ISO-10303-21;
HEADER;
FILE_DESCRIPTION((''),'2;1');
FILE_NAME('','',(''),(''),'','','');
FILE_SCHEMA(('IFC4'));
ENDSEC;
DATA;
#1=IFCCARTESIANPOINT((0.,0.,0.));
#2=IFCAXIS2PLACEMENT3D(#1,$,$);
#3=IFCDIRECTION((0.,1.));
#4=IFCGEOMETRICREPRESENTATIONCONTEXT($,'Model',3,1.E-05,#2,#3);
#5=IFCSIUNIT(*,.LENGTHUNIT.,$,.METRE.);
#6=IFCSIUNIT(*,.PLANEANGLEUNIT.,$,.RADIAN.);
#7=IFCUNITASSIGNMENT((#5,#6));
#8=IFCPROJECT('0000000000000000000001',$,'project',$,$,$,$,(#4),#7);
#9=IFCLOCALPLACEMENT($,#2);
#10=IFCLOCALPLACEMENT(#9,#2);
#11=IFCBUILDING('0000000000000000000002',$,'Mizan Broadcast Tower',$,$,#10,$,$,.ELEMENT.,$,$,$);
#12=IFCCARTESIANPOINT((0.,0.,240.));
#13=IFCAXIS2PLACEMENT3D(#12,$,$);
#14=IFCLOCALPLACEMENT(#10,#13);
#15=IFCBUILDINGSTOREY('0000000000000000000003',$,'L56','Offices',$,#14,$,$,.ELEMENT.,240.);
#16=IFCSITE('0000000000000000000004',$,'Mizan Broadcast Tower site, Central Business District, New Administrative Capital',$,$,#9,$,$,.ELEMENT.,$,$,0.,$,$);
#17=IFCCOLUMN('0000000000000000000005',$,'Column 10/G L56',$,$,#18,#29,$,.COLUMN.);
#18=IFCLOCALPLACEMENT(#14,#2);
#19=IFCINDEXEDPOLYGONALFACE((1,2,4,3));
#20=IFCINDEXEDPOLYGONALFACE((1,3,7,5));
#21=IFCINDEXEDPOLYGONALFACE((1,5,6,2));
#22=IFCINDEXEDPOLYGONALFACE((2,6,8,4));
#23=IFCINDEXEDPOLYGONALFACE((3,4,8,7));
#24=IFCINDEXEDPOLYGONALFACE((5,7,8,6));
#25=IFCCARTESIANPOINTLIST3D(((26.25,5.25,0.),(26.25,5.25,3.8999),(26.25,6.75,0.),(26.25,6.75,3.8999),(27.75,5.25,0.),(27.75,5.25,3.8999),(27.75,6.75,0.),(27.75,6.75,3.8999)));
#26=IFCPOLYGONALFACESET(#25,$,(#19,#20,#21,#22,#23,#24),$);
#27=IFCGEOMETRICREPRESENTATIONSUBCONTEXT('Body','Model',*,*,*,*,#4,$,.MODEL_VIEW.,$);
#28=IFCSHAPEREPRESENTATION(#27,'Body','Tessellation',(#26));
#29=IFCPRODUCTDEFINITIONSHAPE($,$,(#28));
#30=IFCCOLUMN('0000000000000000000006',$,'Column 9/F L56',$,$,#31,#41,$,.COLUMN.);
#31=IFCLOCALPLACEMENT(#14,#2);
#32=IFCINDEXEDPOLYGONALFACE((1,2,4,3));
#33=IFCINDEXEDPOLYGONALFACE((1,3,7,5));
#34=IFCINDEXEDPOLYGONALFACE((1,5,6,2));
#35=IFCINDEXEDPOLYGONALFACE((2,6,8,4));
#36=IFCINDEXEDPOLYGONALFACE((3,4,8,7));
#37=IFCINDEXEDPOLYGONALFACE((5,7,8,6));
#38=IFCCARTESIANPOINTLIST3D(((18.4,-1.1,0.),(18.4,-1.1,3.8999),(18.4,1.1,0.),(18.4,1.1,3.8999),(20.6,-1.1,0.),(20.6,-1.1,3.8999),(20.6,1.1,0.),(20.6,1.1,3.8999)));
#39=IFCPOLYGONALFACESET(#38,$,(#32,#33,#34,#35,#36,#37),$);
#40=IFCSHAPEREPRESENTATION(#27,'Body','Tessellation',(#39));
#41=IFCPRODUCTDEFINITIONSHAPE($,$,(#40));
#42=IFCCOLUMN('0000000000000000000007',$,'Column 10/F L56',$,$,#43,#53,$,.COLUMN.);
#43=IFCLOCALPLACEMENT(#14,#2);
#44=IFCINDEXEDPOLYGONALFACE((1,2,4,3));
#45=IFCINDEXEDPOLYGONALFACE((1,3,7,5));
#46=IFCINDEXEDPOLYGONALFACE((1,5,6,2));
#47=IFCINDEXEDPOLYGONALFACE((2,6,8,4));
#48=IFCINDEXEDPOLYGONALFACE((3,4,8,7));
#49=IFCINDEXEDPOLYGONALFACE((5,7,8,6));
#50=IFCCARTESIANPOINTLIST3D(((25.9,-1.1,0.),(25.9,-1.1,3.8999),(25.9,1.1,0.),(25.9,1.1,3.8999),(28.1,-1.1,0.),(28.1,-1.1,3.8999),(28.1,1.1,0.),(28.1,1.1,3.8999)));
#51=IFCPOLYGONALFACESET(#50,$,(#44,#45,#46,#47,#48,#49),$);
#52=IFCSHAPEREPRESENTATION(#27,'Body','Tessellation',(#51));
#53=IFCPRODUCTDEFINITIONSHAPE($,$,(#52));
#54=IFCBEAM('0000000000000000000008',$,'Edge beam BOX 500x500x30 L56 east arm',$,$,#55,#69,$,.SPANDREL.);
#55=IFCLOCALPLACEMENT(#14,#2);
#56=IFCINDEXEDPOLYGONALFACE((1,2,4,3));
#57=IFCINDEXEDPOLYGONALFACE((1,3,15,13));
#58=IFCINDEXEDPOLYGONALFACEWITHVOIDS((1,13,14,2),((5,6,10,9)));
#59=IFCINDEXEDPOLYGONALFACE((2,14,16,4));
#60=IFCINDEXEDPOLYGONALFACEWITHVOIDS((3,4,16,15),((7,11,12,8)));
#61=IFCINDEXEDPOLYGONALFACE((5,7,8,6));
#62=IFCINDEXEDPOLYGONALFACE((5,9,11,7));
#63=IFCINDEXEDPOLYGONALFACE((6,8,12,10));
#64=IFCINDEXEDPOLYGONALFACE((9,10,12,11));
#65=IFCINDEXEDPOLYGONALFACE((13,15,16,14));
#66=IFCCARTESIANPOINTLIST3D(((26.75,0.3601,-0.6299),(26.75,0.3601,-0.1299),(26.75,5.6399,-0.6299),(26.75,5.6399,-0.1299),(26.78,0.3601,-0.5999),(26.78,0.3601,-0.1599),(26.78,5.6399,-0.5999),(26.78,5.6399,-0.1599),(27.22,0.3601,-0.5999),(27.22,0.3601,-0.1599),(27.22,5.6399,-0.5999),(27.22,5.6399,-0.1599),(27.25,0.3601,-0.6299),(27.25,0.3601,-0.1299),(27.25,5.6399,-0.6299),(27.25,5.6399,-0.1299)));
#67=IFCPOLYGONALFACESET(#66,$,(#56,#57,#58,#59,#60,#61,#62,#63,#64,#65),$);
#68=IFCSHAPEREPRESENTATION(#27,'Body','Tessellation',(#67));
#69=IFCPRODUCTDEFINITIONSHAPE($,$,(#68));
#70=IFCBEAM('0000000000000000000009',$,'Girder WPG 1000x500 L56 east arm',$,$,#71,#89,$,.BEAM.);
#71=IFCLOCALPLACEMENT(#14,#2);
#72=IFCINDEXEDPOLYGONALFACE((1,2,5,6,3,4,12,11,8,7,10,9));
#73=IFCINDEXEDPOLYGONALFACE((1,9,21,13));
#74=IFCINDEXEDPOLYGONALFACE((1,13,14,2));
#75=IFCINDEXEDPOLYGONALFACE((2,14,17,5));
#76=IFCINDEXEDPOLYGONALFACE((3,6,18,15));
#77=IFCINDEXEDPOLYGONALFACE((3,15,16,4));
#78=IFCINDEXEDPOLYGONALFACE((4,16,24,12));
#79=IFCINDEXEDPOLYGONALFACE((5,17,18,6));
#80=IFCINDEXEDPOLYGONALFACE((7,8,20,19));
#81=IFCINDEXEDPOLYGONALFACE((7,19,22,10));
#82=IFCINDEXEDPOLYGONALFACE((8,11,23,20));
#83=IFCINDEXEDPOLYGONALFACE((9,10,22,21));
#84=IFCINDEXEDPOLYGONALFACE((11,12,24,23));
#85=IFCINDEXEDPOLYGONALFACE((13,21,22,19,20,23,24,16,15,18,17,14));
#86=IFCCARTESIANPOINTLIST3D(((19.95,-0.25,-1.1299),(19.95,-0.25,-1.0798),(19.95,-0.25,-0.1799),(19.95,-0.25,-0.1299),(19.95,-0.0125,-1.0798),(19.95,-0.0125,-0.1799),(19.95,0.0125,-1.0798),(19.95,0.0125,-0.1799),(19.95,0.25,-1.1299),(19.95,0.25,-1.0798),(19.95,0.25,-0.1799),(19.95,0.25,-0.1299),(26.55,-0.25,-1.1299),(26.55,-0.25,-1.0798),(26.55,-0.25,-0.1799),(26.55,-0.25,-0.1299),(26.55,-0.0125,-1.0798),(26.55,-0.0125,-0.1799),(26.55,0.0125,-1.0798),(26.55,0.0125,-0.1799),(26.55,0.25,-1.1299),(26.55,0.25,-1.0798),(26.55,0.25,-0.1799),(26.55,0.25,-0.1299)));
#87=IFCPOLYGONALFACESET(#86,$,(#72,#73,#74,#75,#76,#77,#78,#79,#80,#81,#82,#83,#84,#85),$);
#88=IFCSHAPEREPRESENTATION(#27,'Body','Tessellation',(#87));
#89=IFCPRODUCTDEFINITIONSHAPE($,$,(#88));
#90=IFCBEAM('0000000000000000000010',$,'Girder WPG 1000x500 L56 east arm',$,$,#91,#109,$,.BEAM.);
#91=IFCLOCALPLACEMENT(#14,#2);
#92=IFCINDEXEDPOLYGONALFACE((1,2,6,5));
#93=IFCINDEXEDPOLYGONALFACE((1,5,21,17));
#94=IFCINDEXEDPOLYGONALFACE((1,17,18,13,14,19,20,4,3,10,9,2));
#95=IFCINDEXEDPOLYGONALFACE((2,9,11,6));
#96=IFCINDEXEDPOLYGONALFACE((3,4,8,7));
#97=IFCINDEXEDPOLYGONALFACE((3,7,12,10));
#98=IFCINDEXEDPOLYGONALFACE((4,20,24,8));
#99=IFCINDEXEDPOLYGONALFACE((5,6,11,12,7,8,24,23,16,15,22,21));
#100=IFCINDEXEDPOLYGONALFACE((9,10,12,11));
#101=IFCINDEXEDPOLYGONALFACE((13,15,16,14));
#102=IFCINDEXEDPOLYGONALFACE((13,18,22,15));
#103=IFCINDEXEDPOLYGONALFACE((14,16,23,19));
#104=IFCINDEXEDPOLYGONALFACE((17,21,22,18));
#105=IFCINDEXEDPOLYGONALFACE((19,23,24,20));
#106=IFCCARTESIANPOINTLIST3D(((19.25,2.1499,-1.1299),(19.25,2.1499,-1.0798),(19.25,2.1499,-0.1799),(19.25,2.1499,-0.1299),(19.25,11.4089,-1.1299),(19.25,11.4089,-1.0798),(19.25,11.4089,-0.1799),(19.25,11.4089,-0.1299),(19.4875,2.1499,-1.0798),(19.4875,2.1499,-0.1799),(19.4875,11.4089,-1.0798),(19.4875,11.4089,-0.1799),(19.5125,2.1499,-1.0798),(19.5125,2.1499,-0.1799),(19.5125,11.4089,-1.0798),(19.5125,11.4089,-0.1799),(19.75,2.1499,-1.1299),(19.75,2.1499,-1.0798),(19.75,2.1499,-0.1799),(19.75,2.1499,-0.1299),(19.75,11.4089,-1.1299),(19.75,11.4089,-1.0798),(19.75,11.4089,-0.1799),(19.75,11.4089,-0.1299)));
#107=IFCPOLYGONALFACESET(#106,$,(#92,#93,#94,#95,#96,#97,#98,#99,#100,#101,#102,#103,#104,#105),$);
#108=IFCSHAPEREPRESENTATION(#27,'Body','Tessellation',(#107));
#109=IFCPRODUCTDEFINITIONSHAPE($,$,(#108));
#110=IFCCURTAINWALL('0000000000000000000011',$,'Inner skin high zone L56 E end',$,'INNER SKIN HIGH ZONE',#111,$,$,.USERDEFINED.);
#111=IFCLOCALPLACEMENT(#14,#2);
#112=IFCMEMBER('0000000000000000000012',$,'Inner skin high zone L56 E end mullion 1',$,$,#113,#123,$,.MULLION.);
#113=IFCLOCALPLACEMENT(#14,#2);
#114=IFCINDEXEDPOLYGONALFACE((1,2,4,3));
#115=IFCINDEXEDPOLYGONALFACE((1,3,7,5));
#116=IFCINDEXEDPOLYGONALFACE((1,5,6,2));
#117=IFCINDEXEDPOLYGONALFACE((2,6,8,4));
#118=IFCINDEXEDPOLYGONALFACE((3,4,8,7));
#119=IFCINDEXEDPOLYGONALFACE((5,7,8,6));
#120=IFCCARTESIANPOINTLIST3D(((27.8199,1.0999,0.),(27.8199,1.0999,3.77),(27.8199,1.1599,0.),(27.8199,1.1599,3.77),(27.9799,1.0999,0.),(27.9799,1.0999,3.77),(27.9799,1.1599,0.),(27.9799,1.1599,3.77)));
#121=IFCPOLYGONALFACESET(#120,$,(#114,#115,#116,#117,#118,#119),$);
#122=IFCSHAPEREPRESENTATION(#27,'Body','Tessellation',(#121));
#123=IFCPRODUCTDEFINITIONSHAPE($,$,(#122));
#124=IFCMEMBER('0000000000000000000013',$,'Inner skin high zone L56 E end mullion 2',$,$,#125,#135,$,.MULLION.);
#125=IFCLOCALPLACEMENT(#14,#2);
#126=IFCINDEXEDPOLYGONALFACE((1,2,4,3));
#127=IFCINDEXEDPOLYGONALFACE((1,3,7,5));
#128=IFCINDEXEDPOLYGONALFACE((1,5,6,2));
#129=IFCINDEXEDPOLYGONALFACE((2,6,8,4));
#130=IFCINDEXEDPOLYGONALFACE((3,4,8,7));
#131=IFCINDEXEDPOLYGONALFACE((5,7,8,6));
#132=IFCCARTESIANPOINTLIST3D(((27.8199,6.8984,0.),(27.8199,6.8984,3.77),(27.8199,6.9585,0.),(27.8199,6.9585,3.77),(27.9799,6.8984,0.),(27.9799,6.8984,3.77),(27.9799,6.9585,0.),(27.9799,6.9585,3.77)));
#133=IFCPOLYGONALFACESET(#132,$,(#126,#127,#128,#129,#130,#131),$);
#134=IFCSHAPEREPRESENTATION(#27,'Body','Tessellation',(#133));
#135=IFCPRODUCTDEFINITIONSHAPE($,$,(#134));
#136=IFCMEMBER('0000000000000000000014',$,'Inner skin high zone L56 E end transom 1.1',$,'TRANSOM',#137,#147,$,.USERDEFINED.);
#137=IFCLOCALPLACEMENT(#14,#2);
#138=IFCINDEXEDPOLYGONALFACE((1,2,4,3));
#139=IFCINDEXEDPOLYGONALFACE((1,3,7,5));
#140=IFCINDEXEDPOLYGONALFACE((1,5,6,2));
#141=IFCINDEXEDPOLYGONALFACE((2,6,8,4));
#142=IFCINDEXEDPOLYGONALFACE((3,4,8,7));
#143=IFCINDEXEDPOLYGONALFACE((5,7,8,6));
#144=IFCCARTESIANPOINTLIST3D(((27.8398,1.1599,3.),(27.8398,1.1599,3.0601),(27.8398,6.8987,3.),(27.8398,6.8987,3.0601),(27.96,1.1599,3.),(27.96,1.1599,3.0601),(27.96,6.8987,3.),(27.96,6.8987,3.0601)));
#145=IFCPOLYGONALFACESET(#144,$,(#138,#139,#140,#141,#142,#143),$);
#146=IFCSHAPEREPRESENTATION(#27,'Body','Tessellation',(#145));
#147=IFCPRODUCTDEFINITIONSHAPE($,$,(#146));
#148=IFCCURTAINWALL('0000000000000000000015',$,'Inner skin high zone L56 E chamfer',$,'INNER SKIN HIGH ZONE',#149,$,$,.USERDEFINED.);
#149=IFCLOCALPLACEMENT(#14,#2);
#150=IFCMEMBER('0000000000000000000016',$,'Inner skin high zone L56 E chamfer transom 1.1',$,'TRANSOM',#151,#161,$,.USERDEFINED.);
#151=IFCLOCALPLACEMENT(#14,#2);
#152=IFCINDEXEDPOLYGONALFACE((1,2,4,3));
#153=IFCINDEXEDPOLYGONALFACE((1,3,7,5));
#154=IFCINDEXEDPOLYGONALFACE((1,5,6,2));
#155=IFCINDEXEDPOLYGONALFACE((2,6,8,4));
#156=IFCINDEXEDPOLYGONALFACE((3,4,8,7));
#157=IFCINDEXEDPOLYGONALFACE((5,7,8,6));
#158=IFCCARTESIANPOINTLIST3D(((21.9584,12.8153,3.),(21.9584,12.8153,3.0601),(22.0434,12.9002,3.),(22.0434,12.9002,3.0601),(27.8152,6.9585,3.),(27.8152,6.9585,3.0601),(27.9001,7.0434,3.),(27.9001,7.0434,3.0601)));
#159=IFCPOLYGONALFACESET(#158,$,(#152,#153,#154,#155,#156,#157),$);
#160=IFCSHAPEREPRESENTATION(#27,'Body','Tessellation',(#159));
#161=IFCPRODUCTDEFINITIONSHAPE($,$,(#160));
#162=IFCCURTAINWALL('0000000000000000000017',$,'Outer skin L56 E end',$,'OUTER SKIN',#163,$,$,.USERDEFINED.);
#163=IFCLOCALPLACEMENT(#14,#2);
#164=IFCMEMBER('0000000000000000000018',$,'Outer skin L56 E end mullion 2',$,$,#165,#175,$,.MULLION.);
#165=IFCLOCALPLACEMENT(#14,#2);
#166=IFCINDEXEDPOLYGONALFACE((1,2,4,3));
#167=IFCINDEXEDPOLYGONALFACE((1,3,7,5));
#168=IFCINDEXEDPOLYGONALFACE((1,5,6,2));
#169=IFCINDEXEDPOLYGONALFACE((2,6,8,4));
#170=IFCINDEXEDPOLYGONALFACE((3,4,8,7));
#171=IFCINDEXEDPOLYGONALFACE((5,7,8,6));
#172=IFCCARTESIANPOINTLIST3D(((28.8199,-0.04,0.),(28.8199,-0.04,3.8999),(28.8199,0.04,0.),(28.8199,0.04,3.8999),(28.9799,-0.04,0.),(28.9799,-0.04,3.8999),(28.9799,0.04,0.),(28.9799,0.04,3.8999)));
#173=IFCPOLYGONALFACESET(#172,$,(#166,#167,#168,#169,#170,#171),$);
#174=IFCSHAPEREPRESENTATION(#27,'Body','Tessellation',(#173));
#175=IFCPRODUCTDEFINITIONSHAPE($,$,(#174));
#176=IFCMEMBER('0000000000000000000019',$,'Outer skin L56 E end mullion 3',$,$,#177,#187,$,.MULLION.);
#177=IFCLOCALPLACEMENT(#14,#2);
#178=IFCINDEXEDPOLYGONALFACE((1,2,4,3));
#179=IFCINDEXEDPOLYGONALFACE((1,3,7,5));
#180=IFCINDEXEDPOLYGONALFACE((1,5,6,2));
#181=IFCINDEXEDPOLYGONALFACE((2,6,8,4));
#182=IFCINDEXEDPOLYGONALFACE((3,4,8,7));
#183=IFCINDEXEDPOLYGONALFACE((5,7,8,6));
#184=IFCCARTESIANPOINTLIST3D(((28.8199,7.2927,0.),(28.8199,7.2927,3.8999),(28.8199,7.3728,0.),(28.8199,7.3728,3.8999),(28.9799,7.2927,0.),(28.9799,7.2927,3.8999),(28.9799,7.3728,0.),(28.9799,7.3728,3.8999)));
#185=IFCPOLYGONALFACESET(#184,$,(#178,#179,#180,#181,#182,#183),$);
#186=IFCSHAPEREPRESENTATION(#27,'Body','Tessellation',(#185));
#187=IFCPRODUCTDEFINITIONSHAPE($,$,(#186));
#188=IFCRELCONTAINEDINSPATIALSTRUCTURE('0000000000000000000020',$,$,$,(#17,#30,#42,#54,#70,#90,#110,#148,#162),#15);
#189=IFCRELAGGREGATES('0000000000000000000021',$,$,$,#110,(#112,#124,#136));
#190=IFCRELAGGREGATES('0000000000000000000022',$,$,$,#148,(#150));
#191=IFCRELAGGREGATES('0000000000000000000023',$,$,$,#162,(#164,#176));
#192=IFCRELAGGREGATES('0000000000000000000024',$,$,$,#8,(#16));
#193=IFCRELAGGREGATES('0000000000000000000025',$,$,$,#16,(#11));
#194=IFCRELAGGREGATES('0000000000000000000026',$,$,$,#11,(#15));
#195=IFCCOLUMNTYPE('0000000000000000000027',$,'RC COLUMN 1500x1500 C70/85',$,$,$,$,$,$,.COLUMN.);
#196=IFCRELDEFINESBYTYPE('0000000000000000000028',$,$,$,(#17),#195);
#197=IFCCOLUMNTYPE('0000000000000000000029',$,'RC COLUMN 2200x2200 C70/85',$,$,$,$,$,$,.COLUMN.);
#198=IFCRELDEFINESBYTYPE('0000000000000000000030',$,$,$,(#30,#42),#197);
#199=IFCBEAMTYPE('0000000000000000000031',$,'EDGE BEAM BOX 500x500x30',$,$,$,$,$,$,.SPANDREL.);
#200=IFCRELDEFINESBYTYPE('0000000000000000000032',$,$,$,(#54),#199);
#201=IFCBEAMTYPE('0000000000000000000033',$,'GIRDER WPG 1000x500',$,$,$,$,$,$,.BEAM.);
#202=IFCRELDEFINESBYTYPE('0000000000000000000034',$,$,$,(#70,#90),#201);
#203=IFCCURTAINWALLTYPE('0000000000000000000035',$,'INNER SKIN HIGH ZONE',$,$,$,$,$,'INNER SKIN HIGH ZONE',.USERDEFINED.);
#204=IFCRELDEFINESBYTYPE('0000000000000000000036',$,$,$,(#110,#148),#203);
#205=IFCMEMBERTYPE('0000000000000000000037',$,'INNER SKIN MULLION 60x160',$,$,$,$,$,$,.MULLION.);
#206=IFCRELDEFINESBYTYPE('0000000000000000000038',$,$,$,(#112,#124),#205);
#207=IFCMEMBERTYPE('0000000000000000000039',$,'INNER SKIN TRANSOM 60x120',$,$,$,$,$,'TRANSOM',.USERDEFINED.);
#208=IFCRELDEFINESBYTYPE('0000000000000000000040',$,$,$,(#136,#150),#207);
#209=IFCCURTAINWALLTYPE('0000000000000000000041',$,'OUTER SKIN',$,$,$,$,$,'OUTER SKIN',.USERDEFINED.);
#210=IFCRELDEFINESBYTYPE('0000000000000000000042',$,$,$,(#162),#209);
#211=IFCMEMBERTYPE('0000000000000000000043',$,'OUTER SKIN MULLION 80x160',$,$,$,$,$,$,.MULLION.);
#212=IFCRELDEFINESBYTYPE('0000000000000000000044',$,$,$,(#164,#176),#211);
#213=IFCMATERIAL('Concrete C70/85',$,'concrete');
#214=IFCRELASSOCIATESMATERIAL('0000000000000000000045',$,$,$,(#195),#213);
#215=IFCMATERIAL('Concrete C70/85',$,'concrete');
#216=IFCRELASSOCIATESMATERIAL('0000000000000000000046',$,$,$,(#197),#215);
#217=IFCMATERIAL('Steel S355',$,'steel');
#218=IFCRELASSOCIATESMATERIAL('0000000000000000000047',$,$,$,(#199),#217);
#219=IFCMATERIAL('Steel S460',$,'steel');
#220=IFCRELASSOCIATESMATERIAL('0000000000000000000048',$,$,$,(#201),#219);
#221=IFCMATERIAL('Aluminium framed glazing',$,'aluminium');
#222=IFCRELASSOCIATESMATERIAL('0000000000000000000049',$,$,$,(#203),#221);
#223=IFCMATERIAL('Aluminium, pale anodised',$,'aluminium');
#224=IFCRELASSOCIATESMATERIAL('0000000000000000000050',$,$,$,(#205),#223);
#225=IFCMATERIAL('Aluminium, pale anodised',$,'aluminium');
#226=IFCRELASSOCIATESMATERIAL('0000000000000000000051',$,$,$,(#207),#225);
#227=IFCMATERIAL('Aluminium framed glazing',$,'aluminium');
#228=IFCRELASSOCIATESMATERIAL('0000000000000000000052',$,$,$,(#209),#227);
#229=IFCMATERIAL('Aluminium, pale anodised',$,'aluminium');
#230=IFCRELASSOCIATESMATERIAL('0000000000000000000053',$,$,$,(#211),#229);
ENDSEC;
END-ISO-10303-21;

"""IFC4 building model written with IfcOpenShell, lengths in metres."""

from ifc_helpers import new_model, si_unit, direction, frame, origin, origin_2d, place, context, subcontext, project, spatial, rectangle, hollow_rectangle, i_section, extrude, material, material_profile, profile_set, type_object, element, aggregate, save


model = new_model("IFC4")

# Units and contexts
model_context = context("Model", 3, precision=1e-05, world=origin(), true_north=direction((0.0, 1.0)))
body_context = subcontext(model_context, "Body", "Model", "MODEL_VIEW")
ifc_project = project(units=[si_unit("LENGTHUNIT", "METRE"), si_unit("PLANEANGLEUNIT", "RADIAN")], contexts=[model_context])

# Site, building, storey
site_placement = place(None, origin())
site = spatial("IfcSite", under=ifc_project, at=site_placement, Name="Mizan Broadcast Tower site, Central Business District, New Administrative Capital", CompositionType="ELEMENT", RefElevation=0.0)
building_placement = place(site_placement, origin())
building = spatial("IfcBuilding", under=site, at=building_placement, Name="Mizan Broadcast Tower", CompositionType="ELEMENT")
storey_placement = place(building_placement, frame((0.0, 0.0, 240.0)))
storey = spatial("IfcBuildingStorey", under=building, at=storey_placement, Name="L56", Description="Offices", CompositionType="ELEMENT", Elevation=240.0)

# Columns
ifc_material_1 = material(Name="Concrete C70/85", Category="concrete")
ifc_material_profile_1 = material_profile(ifc_material_1, rectangle(XDim=1.5, YDim=1.5, at=origin_2d()), Name="RC 1500x1500")
ifc_profile_set_1 = profile_set([ifc_material_profile_1], Name="Concrete C70/85")
column_type_1 = type_object("IfcColumnType", Name="RC COLUMN 1500x1500 C70/85", PredefinedType="COLUMN", material=ifc_profile_set_1)
column_placement = place(storey_placement, frame((27.0, 6.0, 0.0), z_axis=(0.0, 0.0, 1.0), x_axis=(1.0, 0.0, 0.0)))
element("IfcColumn", 1, at=column_placement, inside=storey, type_object=column_type_1, Name="Column 10/G L56", PredefinedType="COLUMN", context=body_context, shape_type="SweptSolid", body=[
    extrude(rectangle(XDim=1.5, YDim=1.5, at=origin_2d()), origin(), (0.0, 0.0, 1.0), 3.8999),
])
ifc_material_2 = material(Name="Concrete C70/85", Category="concrete")
ifc_material_profile_2 = material_profile(ifc_material_2, rectangle(XDim=2.2, YDim=2.2, at=origin_2d()), Name="RC 2200x2200")
ifc_profile_set_2 = profile_set([ifc_material_profile_2], Name="Concrete C70/85")
column_type_2 = type_object("IfcColumnType", Name="RC COLUMN 2200x2200 C70/85", PredefinedType="COLUMN", material=ifc_profile_set_2)
for number, where, z_axis, x_axis, name in (
    (2, (19.5, 0.0, 0.0), (0.0, 0.0, 1.0), (1.0, 0.0, 0.0), "Column 9/F L56"),
    (3, (27.0, 0.0, 0.0), (0.0, 0.0, 1.0), (1.0, 0.0, 0.0), "Column 10/F L56"),
):
    element("IfcColumn", number, at=place(storey_placement, frame(where, z_axis=z_axis, x_axis=x_axis)), inside=storey, type_object=column_type_2, Name=name, PredefinedType="COLUMN", context=body_context, shape_type="SweptSolid", body=[
        extrude(rectangle(XDim=2.2, YDim=2.2, at=origin_2d()), origin(), (0.0, 0.0, 1.0), 3.8999),
    ])

# Beams
ifc_material_3 = material(Name="Steel S355", Category="steel")
ifc_material_profile_3 = material_profile(ifc_material_3, hollow_rectangle(XDim=0.5, YDim=0.5, WallThickness=0.03, at=origin_2d()), Name="BOX 500x500x30")
ifc_profile_set_3 = profile_set([ifc_material_profile_3], Name="Steel S355")
beam_type_1 = type_object("IfcBeamType", Name="EDGE BEAM BOX 500x500x30", PredefinedType="SPANDREL", material=ifc_profile_set_3)
beam_1_placement = place(storey_placement, frame((27.0, 5.6399, -0.3799), z_axis=(0.0, -1.0, 0.0), x_axis=(1.0, 0.0, 0.0)))
element("IfcBeam", 4, at=beam_1_placement, inside=storey, type_object=beam_type_1, Name="Edge beam BOX 500x500x30 L56 east arm", PredefinedType="SPANDREL", context=body_context, shape_type="SweptSolid", body=[
    extrude(hollow_rectangle(XDim=0.5, YDim=0.5, WallThickness=0.03, at=origin_2d()), origin(), (0.0, 0.0, 1.0), 5.2798),
])
ifc_material_4 = material(Name="Steel S460", Category="steel")
ifc_material_profile_4 = material_profile(ifc_material_4, i_section(OverallWidth=0.5, OverallDepth=1.0, WebThickness=0.0249, FlangeThickness=0.05, at=origin_2d()), Name="WPG 1000x500")
ifc_profile_set_4 = profile_set([ifc_material_profile_4], Name="Steel S460")
beam_type_2 = type_object("IfcBeamType", Name="GIRDER WPG 1000x500", PredefinedType="BEAM", material=ifc_profile_set_4)
beam_2_placement = place(storey_placement, frame((19.95, 0.0, -0.6299), z_axis=(1.0, 0.0, 0.0), x_axis=(0.0, 1.0, 0.0)))
element("IfcBeam", 5, at=beam_2_placement, inside=storey, type_object=beam_type_2, Name="Girder WPG 1000x500 L56 east arm", PredefinedType="BEAM", context=body_context, shape_type="SweptSolid", body=[
    extrude(i_section(OverallWidth=0.5, OverallDepth=1.0, WebThickness=0.0249, FlangeThickness=0.05, at=origin_2d()), origin(), (0.0, 0.0, 1.0), 6.6001),
])
beam_3_placement = place(storey_placement, frame((19.5, 11.4089, -0.6299), z_axis=(0.0, -1.0, 0.0), x_axis=(1.0, 0.0, 0.0)))
element("IfcBeam", 6, at=beam_3_placement, inside=storey, type_object=beam_type_2, Name="Girder WPG 1000x500 L56 east arm", PredefinedType="BEAM", context=body_context, shape_type="SweptSolid", body=[
    extrude(i_section(OverallWidth=0.5, OverallDepth=1.0, WebThickness=0.0249, FlangeThickness=0.05, at=origin_2d()), origin(), (0.0, 0.0, 1.0), 9.259),
])

# Curtain wall, members
ifc_material_5 = material(Name="Aluminium framed glazing", Category="aluminium")
curtain_wall_type_1 = type_object("IfcCurtainWallType", Name="INNER SKIN HIGH ZONE", ElementType="INNER SKIN HIGH ZONE", PredefinedType="USERDEFINED", material=ifc_material_5)
curtain_wall_1_placement = place(storey_placement, origin())
curtain_wall_1 = element("IfcCurtainWall", 7, at=curtain_wall_1_placement, inside=storey, type_object=curtain_wall_type_1, Name="Inner skin high zone L56 E end", ObjectType="INNER SKIN HIGH ZONE", PredefinedType="USERDEFINED")
ifc_material_6 = material(Name="Aluminium, pale anodised", Category="aluminium")
ifc_material_profile_5 = material_profile(ifc_material_6, rectangle(XDim=0.1599, YDim=0.0601, at=origin_2d()), Name="MULLION 160x60")
ifc_profile_set_5 = profile_set([ifc_material_profile_5], Name="Aluminium, pale anodised")
member_type_1 = type_object("IfcMemberType", Name="INNER SKIN MULLION 60x160", PredefinedType="MULLION", material=ifc_profile_set_5)
member_1_placement = place(storey_placement, frame((27.8999, 1.1299, 0.0), z_axis=(0.0, 0.0, 1.0), x_axis=(-1.0, 0.0, 0.0)))
member_1 = element("IfcMember", 8, at=member_1_placement, type_object=member_type_1, Name="Inner skin high zone L56 E end mullion 1", PredefinedType="MULLION", context=body_context, shape_type="SweptSolid", body=[
    extrude(rectangle(XDim=0.1599, YDim=0.0601, at=origin_2d()), origin(), (0.0, 0.0, 1.0), 3.77),
])
member_2_placement = place(storey_placement, frame((27.8999, 6.9285, 0.0), z_axis=(0.0, 0.0, 1.0), x_axis=(-1.0, 0.0, 0.0)))
member_2 = element("IfcMember", 9, at=member_2_placement, type_object=member_type_1, Name="Inner skin high zone L56 E end mullion 2", PredefinedType="MULLION", context=body_context, shape_type="SweptSolid", body=[
    extrude(rectangle(XDim=0.1599, YDim=0.0601, at=origin_2d()), origin(), (0.0, 0.0, 1.0), 3.77),
])
ifc_material_7 = material(Name="Aluminium, pale anodised", Category="aluminium")
ifc_material_profile_6 = material_profile(ifc_material_7, rectangle(XDim=0.1201, YDim=0.0601, at=origin_2d()), Name="TRANSOM 120x60")
ifc_profile_set_6 = profile_set([ifc_material_profile_6], Name="Aluminium, pale anodised")
member_type_2 = type_object("IfcMemberType", Name="INNER SKIN TRANSOM 60x120", ElementType="TRANSOM", PredefinedType="USERDEFINED", material=ifc_profile_set_6)
member_3_placement = place(storey_placement, frame((27.8999, 1.1599, 3.03), z_axis=(0.0, 1.0, 0.0), x_axis=(-1.0, 0.0, 0.0)))
member_3 = element("IfcMember", 10, at=member_3_placement, type_object=member_type_2, Name="Inner skin high zone L56 E end transom 1.1", ObjectType="TRANSOM", PredefinedType="USERDEFINED", context=body_context, shape_type="SweptSolid", body=[
    extrude(rectangle(XDim=0.1201, YDim=0.0601, at=origin_2d()), origin(), (0.0, 0.0, 1.0), 5.7388),
])

# Curtain wall, member
curtain_wall_2_placement = place(storey_placement, origin())
curtain_wall_2 = element("IfcCurtainWall", 11, at=curtain_wall_2_placement, inside=storey, type_object=curtain_wall_type_1, Name="Inner skin high zone L56 E chamfer", ObjectType="INNER SKIN HIGH ZONE", PredefinedType="USERDEFINED")
member_4_placement = place(storey_placement, frame((27.8577, 7.001, 3.03), z_axis=(-0.707107, 0.707107, 0.0), x_axis=(-0.707107, -0.707107, 0.0)))
member_4 = element("IfcMember", 12, at=member_4_placement, type_object=member_type_2, Name="Inner skin high zone L56 E chamfer transom 1.1", ObjectType="TRANSOM", PredefinedType="USERDEFINED", context=body_context, shape_type="SweptSolid", body=[
    extrude(rectangle(XDim=0.1201, YDim=0.0601, at=origin_2d()), origin(), (0.0, 0.0, 1.0), 8.2827),
])

# Curtain wall, members
ifc_material_8 = material(Name="Aluminium framed glazing", Category="aluminium")
curtain_wall_type_2 = type_object("IfcCurtainWallType", Name="OUTER SKIN", ElementType="OUTER SKIN", PredefinedType="USERDEFINED", material=ifc_material_8)
curtain_wall_3_placement = place(storey_placement, origin())
curtain_wall_3 = element("IfcCurtainWall", 13, at=curtain_wall_3_placement, inside=storey, type_object=curtain_wall_type_2, Name="Outer skin L56 E end", ObjectType="OUTER SKIN", PredefinedType="USERDEFINED")
ifc_material_9 = material(Name="Aluminium, pale anodised", Category="aluminium")
ifc_material_profile_7 = material_profile(ifc_material_9, rectangle(XDim=0.1599, YDim=0.0801, at=origin_2d()), Name="MULLION 160x80")
ifc_profile_set_7 = profile_set([ifc_material_profile_7], Name="Aluminium, pale anodised")
member_type_3 = type_object("IfcMemberType", Name="OUTER SKIN MULLION 80x160", PredefinedType="MULLION", material=ifc_profile_set_7)
member_5_placement = place(storey_placement, frame((28.8999, 0.0, 0.0), z_axis=(0.0, 0.0, 1.0), x_axis=(-1.0, 0.0, 0.0)))
member_5 = element("IfcMember", 14, at=member_5_placement, type_object=member_type_3, Name="Outer skin L56 E end mullion 2", PredefinedType="MULLION", context=body_context, shape_type="SweptSolid", body=[
    extrude(rectangle(XDim=0.1599, YDim=0.0801, at=origin_2d()), origin(), (0.0, 0.0, 1.0), 3.8999),
])
member_6_placement = place(storey_placement, frame((28.8999, 7.3328, 0.0), z_axis=(0.0, 0.0, 1.0), x_axis=(-1.0, 0.0, 0.0)))
member_6 = element("IfcMember", 15, at=member_6_placement, type_object=member_type_3, Name="Outer skin L56 E end mullion 3", PredefinedType="MULLION", context=body_context, shape_type="SweptSolid", body=[
    extrude(rectangle(XDim=0.1599, YDim=0.0801, at=origin_2d()), origin(), (0.0, 0.0, 1.0), 3.8999),
])

aggregate(curtain_wall_1, [member_1, member_2, member_3])
aggregate(curtain_wall_2, [member_4])
aggregate(curtain_wall_3, [member_5, member_6])

save(model, "model.ifc")
